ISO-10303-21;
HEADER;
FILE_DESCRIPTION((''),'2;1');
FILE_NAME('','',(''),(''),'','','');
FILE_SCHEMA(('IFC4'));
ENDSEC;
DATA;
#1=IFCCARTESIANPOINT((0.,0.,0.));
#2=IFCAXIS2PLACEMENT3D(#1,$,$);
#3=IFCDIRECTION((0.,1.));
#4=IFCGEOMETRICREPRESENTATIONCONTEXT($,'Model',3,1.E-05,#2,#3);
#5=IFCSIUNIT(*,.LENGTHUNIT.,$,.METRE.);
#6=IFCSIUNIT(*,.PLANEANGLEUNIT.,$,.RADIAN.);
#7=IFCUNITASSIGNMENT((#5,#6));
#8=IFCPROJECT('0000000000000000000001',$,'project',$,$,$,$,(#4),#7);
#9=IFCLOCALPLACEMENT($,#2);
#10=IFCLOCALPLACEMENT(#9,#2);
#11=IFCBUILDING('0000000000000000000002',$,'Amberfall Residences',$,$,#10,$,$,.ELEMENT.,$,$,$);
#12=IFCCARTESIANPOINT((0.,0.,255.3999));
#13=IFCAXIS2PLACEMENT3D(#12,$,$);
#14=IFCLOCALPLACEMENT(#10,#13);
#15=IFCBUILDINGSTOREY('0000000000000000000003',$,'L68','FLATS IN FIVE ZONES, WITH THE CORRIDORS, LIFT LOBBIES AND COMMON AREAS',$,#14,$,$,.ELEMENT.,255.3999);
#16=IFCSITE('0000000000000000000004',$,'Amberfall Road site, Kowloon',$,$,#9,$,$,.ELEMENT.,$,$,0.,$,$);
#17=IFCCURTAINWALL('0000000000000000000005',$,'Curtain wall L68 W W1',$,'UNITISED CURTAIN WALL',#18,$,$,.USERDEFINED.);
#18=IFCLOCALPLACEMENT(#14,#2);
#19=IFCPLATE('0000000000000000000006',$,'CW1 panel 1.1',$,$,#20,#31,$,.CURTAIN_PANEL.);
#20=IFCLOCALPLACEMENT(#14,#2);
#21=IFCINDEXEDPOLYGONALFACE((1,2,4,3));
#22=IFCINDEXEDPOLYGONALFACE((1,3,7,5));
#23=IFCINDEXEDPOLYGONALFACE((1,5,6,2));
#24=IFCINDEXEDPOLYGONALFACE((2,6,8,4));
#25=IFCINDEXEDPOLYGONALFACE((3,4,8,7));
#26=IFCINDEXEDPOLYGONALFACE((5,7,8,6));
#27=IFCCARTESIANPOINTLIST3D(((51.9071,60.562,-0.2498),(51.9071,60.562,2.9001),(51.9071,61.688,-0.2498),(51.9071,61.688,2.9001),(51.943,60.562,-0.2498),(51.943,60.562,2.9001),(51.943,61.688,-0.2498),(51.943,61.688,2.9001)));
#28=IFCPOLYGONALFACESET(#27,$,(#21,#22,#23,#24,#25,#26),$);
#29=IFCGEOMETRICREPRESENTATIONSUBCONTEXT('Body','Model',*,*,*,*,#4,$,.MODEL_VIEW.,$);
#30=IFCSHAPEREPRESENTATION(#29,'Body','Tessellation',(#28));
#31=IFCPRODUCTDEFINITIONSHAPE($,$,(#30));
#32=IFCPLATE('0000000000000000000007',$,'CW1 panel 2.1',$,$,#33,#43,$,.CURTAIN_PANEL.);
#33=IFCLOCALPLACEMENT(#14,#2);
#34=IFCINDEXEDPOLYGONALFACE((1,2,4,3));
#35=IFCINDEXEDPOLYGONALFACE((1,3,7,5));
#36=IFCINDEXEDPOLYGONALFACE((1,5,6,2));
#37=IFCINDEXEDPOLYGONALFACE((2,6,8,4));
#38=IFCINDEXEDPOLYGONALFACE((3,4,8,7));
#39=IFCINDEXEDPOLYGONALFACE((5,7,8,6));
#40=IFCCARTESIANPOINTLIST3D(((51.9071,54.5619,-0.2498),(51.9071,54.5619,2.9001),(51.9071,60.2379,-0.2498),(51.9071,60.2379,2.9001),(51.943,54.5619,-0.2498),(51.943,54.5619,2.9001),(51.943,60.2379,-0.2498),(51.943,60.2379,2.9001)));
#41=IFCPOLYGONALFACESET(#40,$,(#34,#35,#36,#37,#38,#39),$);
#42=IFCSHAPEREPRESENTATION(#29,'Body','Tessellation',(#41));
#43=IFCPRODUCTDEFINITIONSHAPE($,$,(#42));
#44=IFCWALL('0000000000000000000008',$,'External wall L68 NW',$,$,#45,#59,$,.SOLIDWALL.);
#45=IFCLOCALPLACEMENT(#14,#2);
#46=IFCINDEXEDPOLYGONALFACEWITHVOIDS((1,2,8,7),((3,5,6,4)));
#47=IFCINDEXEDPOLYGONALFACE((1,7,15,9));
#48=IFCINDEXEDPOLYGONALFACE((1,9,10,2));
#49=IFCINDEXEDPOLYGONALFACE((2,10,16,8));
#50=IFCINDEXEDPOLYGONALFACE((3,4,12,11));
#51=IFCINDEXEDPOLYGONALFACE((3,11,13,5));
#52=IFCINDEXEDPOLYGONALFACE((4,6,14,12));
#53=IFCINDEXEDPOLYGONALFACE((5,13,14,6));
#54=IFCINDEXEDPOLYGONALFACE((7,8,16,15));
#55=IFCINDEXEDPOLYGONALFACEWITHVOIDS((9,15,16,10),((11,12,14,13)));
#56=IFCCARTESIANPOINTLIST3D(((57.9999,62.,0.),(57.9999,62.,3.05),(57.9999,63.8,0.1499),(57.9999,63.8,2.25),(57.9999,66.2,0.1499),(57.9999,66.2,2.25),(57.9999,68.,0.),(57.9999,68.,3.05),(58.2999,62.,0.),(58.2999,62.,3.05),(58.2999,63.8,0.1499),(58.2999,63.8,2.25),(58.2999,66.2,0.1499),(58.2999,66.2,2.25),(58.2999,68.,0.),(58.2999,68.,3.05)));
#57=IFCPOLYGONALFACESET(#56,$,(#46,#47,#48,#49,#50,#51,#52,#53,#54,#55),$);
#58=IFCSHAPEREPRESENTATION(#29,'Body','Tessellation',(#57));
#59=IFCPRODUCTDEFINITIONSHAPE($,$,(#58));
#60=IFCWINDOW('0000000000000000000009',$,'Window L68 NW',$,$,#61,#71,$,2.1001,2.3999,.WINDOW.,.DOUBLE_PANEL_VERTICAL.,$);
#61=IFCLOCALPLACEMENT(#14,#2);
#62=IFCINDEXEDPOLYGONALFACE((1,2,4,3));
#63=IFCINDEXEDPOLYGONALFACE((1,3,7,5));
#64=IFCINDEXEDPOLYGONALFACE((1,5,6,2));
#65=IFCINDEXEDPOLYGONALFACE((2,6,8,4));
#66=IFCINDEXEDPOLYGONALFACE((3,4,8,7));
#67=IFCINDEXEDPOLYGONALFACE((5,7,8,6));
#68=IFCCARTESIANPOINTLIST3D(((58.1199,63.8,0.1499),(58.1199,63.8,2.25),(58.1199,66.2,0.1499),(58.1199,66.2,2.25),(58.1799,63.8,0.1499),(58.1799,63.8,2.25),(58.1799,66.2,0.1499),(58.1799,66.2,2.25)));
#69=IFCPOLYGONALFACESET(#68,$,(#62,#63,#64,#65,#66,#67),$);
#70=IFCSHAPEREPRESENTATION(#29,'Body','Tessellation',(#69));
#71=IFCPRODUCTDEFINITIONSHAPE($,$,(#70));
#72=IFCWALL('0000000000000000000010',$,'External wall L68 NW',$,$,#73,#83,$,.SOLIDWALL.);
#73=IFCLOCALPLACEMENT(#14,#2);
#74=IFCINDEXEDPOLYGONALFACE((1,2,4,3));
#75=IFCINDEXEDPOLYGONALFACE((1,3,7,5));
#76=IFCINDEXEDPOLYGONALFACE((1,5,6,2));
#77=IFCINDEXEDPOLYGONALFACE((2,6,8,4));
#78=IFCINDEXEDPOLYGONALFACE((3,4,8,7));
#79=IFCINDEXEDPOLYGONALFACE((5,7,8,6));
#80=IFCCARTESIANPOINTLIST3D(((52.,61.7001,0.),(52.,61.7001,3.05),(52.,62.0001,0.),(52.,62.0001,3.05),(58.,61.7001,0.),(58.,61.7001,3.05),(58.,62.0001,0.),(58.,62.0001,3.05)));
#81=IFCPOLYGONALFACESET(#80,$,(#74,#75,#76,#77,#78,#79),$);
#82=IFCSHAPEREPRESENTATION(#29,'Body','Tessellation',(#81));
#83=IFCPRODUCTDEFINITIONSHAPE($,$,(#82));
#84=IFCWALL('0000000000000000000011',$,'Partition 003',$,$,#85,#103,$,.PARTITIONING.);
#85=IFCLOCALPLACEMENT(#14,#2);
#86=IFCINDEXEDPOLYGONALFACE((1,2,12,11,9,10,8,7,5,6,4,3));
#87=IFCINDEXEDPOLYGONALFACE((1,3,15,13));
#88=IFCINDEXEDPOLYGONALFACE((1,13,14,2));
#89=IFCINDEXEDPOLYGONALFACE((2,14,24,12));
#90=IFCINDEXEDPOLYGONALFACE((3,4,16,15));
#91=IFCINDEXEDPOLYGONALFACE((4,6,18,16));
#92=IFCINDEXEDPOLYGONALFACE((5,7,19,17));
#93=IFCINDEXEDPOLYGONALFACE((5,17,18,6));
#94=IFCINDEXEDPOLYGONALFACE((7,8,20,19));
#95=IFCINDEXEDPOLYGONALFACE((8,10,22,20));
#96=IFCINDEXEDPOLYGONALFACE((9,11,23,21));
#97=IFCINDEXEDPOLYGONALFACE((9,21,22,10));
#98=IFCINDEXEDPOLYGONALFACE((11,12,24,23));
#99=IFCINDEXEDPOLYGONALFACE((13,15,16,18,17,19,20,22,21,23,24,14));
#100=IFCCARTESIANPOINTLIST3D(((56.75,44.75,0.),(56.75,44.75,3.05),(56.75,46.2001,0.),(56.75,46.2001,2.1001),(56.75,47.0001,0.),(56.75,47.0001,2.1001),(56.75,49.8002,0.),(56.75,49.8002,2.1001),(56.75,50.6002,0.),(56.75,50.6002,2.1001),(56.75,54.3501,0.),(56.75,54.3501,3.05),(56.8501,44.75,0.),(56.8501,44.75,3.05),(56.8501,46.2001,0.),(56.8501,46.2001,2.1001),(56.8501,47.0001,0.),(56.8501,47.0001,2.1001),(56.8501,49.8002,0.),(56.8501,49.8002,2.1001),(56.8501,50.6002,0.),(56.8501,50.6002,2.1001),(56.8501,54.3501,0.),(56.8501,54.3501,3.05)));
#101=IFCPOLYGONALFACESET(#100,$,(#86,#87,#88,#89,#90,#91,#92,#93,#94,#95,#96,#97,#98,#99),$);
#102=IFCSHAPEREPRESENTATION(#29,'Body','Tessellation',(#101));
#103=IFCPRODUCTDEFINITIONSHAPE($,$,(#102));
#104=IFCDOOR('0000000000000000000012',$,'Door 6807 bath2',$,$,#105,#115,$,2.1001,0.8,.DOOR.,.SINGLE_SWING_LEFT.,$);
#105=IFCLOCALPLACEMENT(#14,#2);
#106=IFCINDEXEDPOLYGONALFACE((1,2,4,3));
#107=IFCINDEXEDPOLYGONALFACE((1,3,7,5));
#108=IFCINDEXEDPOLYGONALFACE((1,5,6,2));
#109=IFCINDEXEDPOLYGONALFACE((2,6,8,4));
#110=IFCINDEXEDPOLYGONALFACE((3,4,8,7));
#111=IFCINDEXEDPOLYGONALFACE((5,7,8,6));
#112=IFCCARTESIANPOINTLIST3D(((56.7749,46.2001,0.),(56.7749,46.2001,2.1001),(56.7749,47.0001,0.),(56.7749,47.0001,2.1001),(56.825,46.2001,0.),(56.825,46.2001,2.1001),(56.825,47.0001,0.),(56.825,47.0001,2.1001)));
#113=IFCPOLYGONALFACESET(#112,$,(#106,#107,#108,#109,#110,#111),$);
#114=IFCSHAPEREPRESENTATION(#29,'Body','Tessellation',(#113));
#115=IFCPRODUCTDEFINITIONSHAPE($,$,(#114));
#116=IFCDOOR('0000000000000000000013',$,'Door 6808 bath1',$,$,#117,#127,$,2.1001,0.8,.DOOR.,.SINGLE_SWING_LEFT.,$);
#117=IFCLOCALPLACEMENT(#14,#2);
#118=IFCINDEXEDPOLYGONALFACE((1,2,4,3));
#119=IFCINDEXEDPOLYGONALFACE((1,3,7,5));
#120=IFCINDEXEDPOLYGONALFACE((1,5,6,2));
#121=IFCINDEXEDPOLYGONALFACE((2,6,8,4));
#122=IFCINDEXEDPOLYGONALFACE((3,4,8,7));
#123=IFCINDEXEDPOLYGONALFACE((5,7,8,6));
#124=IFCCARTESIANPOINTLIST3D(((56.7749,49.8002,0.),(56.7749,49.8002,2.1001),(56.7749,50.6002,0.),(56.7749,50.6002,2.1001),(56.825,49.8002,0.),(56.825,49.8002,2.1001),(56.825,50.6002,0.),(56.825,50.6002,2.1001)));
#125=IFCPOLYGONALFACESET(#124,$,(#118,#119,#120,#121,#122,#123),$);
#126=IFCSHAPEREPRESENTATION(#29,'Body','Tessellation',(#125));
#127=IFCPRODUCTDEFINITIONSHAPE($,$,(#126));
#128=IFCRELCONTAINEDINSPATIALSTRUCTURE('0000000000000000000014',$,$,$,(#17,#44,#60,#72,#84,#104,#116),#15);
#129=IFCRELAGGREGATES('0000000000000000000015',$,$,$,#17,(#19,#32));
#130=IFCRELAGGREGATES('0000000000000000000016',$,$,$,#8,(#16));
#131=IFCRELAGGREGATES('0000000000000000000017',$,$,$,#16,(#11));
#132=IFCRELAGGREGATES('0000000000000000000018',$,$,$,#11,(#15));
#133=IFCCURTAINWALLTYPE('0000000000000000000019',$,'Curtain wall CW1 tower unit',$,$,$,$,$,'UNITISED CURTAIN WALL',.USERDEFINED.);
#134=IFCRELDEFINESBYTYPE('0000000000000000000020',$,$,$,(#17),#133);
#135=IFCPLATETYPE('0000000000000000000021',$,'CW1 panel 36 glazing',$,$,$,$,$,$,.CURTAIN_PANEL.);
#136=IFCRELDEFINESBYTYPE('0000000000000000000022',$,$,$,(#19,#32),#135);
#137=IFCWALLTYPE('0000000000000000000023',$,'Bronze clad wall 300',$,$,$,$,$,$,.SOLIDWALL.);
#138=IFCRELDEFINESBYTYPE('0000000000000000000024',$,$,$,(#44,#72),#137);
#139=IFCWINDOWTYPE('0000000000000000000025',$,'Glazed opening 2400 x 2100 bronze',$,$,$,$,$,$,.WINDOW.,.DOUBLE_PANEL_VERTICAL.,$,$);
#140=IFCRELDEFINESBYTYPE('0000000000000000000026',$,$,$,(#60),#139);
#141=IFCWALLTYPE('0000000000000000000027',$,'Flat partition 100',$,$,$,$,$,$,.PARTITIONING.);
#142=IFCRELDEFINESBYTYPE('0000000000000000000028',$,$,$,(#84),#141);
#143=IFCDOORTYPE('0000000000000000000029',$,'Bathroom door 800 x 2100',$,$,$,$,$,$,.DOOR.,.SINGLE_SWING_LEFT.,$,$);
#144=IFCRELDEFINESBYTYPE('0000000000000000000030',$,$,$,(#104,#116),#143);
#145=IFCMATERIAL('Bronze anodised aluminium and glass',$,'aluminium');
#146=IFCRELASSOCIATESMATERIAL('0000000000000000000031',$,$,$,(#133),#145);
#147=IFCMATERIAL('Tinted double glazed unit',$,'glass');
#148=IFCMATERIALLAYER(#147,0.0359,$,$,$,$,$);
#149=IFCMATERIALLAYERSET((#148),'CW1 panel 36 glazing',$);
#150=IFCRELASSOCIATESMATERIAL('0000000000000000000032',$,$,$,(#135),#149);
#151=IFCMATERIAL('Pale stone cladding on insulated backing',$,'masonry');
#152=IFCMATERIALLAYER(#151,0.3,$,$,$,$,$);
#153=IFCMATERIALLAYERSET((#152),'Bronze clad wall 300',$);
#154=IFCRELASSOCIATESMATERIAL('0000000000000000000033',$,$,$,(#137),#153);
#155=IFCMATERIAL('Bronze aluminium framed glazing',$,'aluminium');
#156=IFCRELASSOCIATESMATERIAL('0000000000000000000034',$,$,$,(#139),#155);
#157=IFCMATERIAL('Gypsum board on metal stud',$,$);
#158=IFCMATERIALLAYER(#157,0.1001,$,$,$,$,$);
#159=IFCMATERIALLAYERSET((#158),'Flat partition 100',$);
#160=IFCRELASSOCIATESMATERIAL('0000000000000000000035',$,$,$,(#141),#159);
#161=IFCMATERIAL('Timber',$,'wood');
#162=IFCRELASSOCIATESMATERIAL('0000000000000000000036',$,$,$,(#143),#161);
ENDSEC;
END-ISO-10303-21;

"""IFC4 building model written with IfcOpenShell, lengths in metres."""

from ifc_helpers import new_model, si_unit, direction, frame, frame_2d, origin, origin_2d, place, context, subcontext, project, spatial, rectangle, extrude, material, layer, layer_set, type_object, element, fill, aggregate, save


model = new_model("IFC4")

# Units and contexts
model_context = context("Model", 3, precision=1e-05, world=origin(), true_north=direction((0.0, 1.0)))
body_context = subcontext(model_context, "Body", "Model", "MODEL_VIEW")
ifc_project = project(units=[si_unit("LENGTHUNIT", "METRE"), si_unit("PLANEANGLEUNIT", "RADIAN")], contexts=[model_context])

# Site, building, storey
site_placement = place(None, origin())
site = spatial("IfcSite", under=ifc_project, at=site_placement, Name="Amberfall Road site, Kowloon", CompositionType="ELEMENT", RefElevation=0.0)
building_placement = place(site_placement, origin())
building = spatial("IfcBuilding", under=site, at=building_placement, Name="Amberfall Residences", CompositionType="ELEMENT")
storey_placement = place(building_placement, frame((0.0, 0.0, 255.3999)))
storey = spatial("IfcBuildingStorey", under=building, at=storey_placement, Name="L68", Description="FLATS IN FIVE ZONES, WITH THE CORRIDORS, LIFT LOBBIES AND COMMON AREAS", CompositionType="ELEMENT", Elevation=255.3999)

# Curtain wall
ifc_material_1 = material(Name="Bronze anodised aluminium and glass", Category="aluminium")
curtain_wall_type = type_object("IfcCurtainWallType", Name="Curtain wall CW1 tower unit", ElementType="UNITISED CURTAIN WALL", PredefinedType="USERDEFINED", material=ifc_material_1)
curtain_wall_1_placement = place(storey_placement, origin())
curtain_wall_1 = element("IfcCurtainWall", 1, at=curtain_wall_1_placement, inside=storey, type_object=curtain_wall_type, Name="Curtain wall L68 W W1", ObjectType="UNITISED CURTAIN WALL", PredefinedType="USERDEFINED")

# Plates
ifc_material_2 = material(Name="Tinted double glazed unit", Category="glass")
ifc_layer_1 = layer(ifc_material_2, 0.0359)
ifc_layer_set_1 = layer_set([ifc_layer_1], Name="CW1 panel 36 glazing")
plate_type = type_object("IfcPlateType", Name="CW1 panel 36 glazing", PredefinedType="CURTAIN_PANEL", material=ifc_layer_set_1)
plate_1_placement = place(storey_placement, frame((51.925, 61.125, -0.2498), z_axis=(0.0, 0.0, 1.0), x_axis=(0.0, -1.0, 0.0)))
plate_1 = element("IfcPlate", 2, at=plate_1_placement, type_object=plate_type, Name="CW1 panel 1.1", PredefinedType="CURTAIN_PANEL", context=body_context, shape_type="SweptSolid", body=[
    extrude(rectangle(XDim=1.126, YDim=0.0359, at=origin_2d()), origin(), (0.0, 0.0, 1.0), 3.1499),
])
plate_2_placement = place(storey_placement, frame((51.925, 57.3999, -0.2498), z_axis=(0.0, 0.0, 1.0), x_axis=(0.0, -1.0, 0.0)))
plate_2 = element("IfcPlate", 3, at=plate_2_placement, type_object=plate_type, Name="CW1 panel 2.1", PredefinedType="CURTAIN_PANEL", context=body_context, shape_type="SweptSolid", body=[
    extrude(rectangle(XDim=5.676, YDim=0.0359, at=origin_2d()), origin(), (0.0, 0.0, 1.0), 3.1499),
])
aggregate(curtain_wall_1, [plate_1, plate_2])

# Wall, opening, window
ifc_material_3 = material(Name="Pale stone cladding on insulated backing", Category="masonry")
ifc_layer_2 = layer(ifc_material_3, 0.3)
ifc_layer_set_2 = layer_set([ifc_layer_2], Name="Bronze clad wall 300")
wall_type_1 = type_object("IfcWallType", Name="Bronze clad wall 300", PredefinedType="SOLIDWALL", material=ifc_layer_set_2)
wall_1_placement = place(storey_placement, frame((58.1499, 68.0, 0.0), z_axis=(0.0, 0.0, 1.0), x_axis=(0.0, -1.0, 0.0)))
wall_1 = element("IfcWall", 4, at=wall_1_placement, inside=storey, type_object=wall_type_1, Name="External wall L68 NW", PredefinedType="SOLIDWALL", context=body_context, shape_type="SweptSolid", body=[
    extrude(rectangle(XDim=6.0, YDim=0.3, at=frame_2d((3.0, 0.0))), origin(), (0.0, 0.0, 1.0), 3.05),
])
opening_1_placement = place(wall_1_placement, frame((1.8, 0.0, 0.1499)))
opening_1 = element("IfcOpeningElement", 5, at=opening_1_placement, cuts=wall_1, PredefinedType="OPENING", context=body_context, shape_type="SweptSolid", body=[
    extrude(rectangle(XDim=2.3999, YDim=2.1001, at=frame_2d((1.2, 1.05))), frame((0.0, 0.1599, 0.0), z_axis=(0.0, -1.0, 0.0), x_axis=(1.0, 0.0, 0.0)), (0.0, 0.0, 1.0), 0.3201),
])
ifc_material_4 = material(Name="Bronze aluminium framed glazing", Category="aluminium")
window_type = type_object("IfcWindowType", Name="Glazed opening 2400 x 2100 bronze", PartitioningType="DOUBLE_PANEL_VERTICAL", PredefinedType="WINDOW", material=ifc_material_4)
window_placement = place(opening_1_placement, origin())
window = element("IfcWindow", 6, at=window_placement, inside=storey, type_object=window_type, Name="Window L68 NW", OverallHeight=2.1001, OverallWidth=2.3999, PartitioningType="DOUBLE_PANEL_VERTICAL", PredefinedType="WINDOW", context=body_context, shape_type="SweptSolid", body=[
    extrude(rectangle(XDim=2.3999, YDim=2.1001, at=frame_2d((1.2, 1.05))), frame((0.0, 0.03, 0.0), z_axis=(0.0, -1.0, 0.0), x_axis=(1.0, 0.0, 0.0)), (0.0, 0.0, 1.0), 0.0601),
])
fill(opening_1, window)

# Wall
wall_2_placement = place(storey_placement, frame((58.0, 61.8501, 0.0), z_axis=(0.0, 0.0, 1.0), x_axis=(-1.0, 0.0, 0.0)))
element("IfcWall", 7, at=wall_2_placement, inside=storey, type_object=wall_type_1, Name="External wall L68 NW", PredefinedType="SOLIDWALL", context=body_context, shape_type="SweptSolid", body=[
    extrude(rectangle(XDim=6.0, YDim=0.3, at=frame_2d((3.0, 0.0))), origin(), (0.0, 0.0, 1.0), 3.05),
])

# Wall, openings, doors
ifc_material_5 = material(Name="Gypsum board on metal stud")
ifc_layer_3 = layer(ifc_material_5, 0.1001)
ifc_layer_set_3 = layer_set([ifc_layer_3], Name="Flat partition 100")
wall_type_2 = type_object("IfcWallType", Name="Flat partition 100", PredefinedType="PARTITIONING", material=ifc_layer_set_3)
wall_3_placement = place(storey_placement, frame((56.8, 54.3501, 0.0), z_axis=(0.0, 0.0, 1.0), x_axis=(0.0, -1.0, 0.0)))
wall_3 = element("IfcWall", 8, at=wall_3_placement, inside=storey, type_object=wall_type_2, Name="Partition 003", PredefinedType="PARTITIONING", context=body_context, shape_type="SweptSolid", body=[
    extrude(rectangle(XDim=9.6001, YDim=0.1001, at=frame_2d((4.8, 0.0))), origin(), (0.0, 0.0, 1.0), 3.05),
])
opening_2_placement = place(wall_3_placement, frame((7.3501, 0.0, 0.0)))
opening_2 = element("IfcOpeningElement", 9, at=opening_2_placement, cuts=wall_3, PredefinedType="OPENING", context=body_context, shape_type="SweptSolid", body=[
    extrude(rectangle(XDim=0.8, YDim=2.1001, at=frame_2d((0.3999, 1.05))), frame((0.0, 0.0601, 0.0), z_axis=(0.0, -1.0, 0.0), x_axis=(1.0, 0.0, 0.0)), (0.0, 0.0, 1.0), 0.1201),
])
opening_3_placement = place(wall_3_placement, frame((3.75, 0.0, 0.0)))
opening_3 = element("IfcOpeningElement", 10, at=opening_3_placement, cuts=wall_3, PredefinedType="OPENING", context=body_context, shape_type="SweptSolid", body=[
    extrude(rectangle(XDim=0.8, YDim=2.1001, at=frame_2d((0.3999, 1.05))), frame((0.0, 0.0601, 0.0), z_axis=(0.0, -1.0, 0.0), x_axis=(1.0, 0.0, 0.0)), (0.0, 0.0, 1.0), 0.1201),
])
ifc_material_6 = material(Name="Timber", Category="wood")
door_type = type_object("IfcDoorType", Name="Bathroom door 800 x 2100", OperationType="SINGLE_SWING_LEFT", PredefinedType="DOOR", material=ifc_material_6)
door_1_placement = place(opening_2_placement, origin())
door_1 = element("IfcDoor", 11, at=door_1_placement, inside=storey, type_object=door_type, Name="Door 6807 bath2", OperationType="SINGLE_SWING_LEFT", OverallHeight=2.1001, OverallWidth=0.8, PredefinedType="DOOR", context=body_context, shape_type="SweptSolid", body=[
    extrude(rectangle(XDim=0.8, YDim=2.1001, at=frame_2d((0.3999, 1.05))), frame((0.0, 0.0249, 0.0), z_axis=(0.0, -1.0, 0.0), x_axis=(1.0, 0.0, 0.0)), (0.0, 0.0, 1.0), 0.05),
])
fill(opening_2, door_1)
door_2_placement = place(opening_3_placement, origin())
door_2 = element("IfcDoor", 12, at=door_2_placement, inside=storey, type_object=door_type, Name="Door 6808 bath1", OperationType="SINGLE_SWING_LEFT", OverallHeight=2.1001, OverallWidth=0.8, PredefinedType="DOOR", context=body_context, shape_type="SweptSolid", body=[
    extrude(rectangle(XDim=0.8, YDim=2.1001, at=frame_2d((0.3999, 1.05))), frame((0.0, 0.0249, 0.0), z_axis=(0.0, -1.0, 0.0), x_axis=(1.0, 0.0, 0.0)), (0.0, 0.0, 1.0), 0.05),
])
fill(opening_3, door_2)

save(model, "model.ifc")
